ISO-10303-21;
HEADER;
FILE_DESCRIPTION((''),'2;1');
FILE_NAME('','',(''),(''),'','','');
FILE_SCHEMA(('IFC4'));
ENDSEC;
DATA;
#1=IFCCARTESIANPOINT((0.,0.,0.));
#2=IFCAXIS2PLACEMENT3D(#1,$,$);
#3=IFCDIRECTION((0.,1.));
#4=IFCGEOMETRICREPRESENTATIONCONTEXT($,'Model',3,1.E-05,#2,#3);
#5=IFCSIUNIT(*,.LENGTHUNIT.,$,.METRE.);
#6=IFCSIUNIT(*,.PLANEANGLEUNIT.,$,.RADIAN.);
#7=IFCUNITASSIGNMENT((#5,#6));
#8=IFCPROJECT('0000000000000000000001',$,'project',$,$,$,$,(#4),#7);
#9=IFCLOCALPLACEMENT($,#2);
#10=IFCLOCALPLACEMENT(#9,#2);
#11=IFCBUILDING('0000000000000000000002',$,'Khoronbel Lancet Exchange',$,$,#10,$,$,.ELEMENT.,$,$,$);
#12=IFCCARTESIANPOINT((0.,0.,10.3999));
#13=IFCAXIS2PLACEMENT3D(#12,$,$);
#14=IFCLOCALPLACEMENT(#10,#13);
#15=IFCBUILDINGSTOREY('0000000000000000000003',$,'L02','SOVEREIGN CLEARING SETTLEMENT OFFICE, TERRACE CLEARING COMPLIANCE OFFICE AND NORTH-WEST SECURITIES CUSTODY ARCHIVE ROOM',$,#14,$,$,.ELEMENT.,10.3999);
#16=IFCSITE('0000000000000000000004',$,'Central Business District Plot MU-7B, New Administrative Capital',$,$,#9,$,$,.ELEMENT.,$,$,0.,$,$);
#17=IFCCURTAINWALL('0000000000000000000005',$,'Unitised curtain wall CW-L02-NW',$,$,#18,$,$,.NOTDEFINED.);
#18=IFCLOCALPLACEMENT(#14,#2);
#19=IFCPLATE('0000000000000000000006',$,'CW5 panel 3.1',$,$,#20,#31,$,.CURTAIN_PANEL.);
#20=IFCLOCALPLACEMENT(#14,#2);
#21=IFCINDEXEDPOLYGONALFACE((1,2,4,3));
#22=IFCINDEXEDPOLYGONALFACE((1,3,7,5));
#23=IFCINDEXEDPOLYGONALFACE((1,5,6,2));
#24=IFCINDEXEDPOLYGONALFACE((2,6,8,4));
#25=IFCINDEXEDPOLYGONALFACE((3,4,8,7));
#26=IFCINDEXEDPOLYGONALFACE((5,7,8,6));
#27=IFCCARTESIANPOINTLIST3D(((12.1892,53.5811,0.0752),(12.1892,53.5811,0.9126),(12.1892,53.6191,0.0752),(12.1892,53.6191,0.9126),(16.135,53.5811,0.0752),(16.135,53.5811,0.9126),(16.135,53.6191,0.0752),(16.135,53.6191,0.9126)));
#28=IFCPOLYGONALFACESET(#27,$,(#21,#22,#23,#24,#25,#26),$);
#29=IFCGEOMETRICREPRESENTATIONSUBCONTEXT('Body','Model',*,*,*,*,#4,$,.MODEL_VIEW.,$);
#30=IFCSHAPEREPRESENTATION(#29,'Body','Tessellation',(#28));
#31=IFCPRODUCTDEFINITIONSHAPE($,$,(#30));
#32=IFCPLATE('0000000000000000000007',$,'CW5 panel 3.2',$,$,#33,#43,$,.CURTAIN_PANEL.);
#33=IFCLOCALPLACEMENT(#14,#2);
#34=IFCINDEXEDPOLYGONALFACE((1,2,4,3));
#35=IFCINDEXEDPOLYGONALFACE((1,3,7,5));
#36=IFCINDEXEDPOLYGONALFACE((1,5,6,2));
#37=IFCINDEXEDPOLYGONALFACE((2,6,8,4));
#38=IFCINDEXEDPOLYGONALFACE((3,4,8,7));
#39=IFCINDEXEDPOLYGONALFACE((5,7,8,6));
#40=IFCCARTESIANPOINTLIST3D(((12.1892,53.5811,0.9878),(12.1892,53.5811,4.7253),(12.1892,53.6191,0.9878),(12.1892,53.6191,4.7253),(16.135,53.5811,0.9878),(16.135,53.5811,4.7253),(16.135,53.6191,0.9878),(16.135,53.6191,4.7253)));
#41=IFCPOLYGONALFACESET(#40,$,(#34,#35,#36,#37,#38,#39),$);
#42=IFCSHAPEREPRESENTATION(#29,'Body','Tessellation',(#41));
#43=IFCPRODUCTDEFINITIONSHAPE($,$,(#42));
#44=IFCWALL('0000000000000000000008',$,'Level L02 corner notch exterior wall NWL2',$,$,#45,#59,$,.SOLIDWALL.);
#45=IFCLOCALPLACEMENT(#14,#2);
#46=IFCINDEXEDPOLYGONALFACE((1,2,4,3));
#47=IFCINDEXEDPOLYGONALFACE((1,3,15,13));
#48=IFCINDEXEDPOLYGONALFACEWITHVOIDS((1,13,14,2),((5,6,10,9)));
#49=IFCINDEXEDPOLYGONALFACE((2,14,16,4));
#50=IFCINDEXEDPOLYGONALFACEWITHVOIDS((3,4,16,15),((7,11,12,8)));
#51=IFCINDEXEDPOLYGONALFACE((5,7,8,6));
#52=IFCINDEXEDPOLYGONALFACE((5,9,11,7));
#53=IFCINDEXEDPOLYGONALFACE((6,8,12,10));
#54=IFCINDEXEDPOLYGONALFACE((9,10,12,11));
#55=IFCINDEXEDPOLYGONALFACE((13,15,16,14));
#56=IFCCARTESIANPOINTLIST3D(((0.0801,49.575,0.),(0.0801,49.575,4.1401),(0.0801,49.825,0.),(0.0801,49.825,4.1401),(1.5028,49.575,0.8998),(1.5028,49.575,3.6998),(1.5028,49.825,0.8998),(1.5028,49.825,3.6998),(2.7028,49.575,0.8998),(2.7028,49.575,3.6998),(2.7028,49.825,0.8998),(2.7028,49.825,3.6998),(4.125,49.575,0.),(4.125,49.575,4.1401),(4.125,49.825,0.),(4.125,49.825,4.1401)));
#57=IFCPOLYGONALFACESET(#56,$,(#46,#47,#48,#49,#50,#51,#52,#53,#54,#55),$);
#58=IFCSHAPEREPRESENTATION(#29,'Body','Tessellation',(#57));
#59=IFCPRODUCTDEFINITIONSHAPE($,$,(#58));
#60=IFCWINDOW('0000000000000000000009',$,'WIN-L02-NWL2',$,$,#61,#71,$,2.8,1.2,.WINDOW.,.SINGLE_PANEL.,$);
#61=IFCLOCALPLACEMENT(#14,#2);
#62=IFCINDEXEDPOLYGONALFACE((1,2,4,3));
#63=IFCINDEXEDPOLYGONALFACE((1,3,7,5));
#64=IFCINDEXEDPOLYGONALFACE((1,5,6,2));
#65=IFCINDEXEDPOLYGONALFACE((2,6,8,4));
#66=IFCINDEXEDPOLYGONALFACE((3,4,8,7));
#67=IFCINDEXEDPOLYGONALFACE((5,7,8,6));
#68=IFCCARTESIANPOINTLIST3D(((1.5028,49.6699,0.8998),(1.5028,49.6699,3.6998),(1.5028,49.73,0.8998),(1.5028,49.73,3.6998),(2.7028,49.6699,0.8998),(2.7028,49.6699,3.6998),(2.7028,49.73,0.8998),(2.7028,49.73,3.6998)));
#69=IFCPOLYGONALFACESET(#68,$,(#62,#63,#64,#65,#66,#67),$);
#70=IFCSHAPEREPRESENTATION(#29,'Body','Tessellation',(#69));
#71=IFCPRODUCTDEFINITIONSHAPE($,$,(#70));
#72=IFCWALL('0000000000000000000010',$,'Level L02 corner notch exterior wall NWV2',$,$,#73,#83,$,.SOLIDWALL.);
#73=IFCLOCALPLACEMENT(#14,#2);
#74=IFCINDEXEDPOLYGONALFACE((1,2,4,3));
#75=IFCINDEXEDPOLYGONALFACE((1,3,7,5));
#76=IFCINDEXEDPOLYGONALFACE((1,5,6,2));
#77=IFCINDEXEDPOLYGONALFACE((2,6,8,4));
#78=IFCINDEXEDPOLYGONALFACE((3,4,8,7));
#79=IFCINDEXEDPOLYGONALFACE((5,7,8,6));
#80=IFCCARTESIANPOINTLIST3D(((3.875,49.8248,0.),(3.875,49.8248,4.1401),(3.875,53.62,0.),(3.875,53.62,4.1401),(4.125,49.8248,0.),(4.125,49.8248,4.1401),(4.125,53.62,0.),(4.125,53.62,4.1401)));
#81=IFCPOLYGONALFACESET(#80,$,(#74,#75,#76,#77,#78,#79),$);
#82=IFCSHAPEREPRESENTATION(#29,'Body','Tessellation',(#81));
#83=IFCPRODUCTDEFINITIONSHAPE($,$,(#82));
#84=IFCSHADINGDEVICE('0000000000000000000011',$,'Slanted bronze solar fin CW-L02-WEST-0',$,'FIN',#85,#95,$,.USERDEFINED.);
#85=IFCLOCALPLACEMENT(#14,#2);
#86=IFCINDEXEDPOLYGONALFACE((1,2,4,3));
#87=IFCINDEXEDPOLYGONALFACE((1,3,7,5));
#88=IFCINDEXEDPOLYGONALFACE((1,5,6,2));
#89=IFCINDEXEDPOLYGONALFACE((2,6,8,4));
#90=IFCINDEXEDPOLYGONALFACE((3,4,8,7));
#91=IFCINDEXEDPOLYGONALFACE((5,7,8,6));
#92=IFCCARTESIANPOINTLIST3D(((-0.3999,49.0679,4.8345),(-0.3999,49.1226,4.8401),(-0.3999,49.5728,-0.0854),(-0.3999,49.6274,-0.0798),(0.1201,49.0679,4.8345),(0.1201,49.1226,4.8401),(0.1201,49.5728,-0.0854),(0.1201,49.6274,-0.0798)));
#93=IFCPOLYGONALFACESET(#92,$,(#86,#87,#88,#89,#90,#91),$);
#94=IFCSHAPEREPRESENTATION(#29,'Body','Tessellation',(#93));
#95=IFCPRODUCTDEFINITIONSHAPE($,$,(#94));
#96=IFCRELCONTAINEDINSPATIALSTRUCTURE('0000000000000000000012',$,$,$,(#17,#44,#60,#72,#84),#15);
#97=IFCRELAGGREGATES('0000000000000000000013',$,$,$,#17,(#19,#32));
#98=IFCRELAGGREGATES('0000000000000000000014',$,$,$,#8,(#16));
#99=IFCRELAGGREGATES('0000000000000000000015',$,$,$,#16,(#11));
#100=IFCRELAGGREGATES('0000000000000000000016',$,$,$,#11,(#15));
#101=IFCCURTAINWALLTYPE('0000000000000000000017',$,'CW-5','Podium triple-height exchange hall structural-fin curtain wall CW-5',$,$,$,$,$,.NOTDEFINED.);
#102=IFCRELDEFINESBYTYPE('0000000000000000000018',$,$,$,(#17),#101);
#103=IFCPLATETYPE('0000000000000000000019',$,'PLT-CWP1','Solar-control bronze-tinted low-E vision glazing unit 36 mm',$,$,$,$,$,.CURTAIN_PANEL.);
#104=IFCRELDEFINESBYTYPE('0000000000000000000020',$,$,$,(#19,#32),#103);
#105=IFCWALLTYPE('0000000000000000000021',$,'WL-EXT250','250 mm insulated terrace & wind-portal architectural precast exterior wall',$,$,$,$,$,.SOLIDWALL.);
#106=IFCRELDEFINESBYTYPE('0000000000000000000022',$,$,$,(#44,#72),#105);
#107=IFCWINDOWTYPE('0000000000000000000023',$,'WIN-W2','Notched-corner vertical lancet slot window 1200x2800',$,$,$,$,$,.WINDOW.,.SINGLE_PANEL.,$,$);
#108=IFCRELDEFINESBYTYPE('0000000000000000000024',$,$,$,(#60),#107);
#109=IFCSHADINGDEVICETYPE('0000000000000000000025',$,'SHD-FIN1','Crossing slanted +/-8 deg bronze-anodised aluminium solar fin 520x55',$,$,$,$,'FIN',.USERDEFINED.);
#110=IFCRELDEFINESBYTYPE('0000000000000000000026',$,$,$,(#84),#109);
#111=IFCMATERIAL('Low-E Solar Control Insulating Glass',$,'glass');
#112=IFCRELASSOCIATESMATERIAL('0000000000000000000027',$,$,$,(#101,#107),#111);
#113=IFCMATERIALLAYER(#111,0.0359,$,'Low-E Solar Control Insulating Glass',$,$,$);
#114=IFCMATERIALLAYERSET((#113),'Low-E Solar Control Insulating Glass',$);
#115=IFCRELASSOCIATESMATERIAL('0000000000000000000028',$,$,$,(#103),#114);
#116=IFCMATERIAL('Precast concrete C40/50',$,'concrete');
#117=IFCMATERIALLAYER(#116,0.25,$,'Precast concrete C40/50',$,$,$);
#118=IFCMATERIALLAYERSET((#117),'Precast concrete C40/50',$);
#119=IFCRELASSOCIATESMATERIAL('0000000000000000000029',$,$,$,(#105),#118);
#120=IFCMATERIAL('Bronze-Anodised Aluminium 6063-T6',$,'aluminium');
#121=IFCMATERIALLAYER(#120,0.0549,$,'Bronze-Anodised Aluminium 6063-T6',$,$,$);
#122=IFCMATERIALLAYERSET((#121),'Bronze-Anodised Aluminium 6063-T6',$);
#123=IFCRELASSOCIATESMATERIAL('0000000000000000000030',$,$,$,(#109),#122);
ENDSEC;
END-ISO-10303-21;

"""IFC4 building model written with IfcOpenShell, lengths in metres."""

from ifc_helpers import new_model, si_unit, direction, frame, frame_2d, origin, origin_2d, place, context, subcontext, project, spatial, polyline, rectangle, outline, extrude, material, layer, layer_set, type_object, element, fill, aggregate, save


model = new_model("IFC4")

# Units and contexts
model_context = context("Model", 3, precision=1e-05, world=origin(), true_north=direction((0.0, 1.0)))
body_context = subcontext(model_context, "Body", "Model", "MODEL_VIEW")
ifc_project = project(units=[si_unit("LENGTHUNIT", "METRE"), si_unit("PLANEANGLEUNIT", "RADIAN")], contexts=[model_context])

# Site, building, storey
site_placement = place(None, origin())
site = spatial("IfcSite", under=ifc_project, at=site_placement, Name="Central Business District Plot MU-7B, New Administrative Capital", CompositionType="ELEMENT", RefElevation=0.0)
building_placement = place(site_placement, origin())
building = spatial("IfcBuilding", under=site, at=building_placement, Name="Khoronbel Lancet Exchange", CompositionType="ELEMENT")
storey_placement = place(building_placement, frame((0.0, 0.0, 10.3999)))
storey = spatial("IfcBuildingStorey", under=building, at=storey_placement, Name="L02", Description="SOVEREIGN CLEARING SETTLEMENT OFFICE, TERRACE CLEARING COMPLIANCE OFFICE AND NORTH-WEST SECURITIES CUSTODY ARCHIVE ROOM", CompositionType="ELEMENT", Elevation=10.3999)

# Curtain wall, plates
ifc_material_1 = material(Name="Low-E Solar Control Insulating Glass", Category="glass")
curtain_wall_type = type_object("IfcCurtainWallType", Name="CW-5", Description="Podium triple-height exchange hall structural-fin curtain wall CW-5", PredefinedType="NOTDEFINED", material=ifc_material_1)
curtain_wall_placement = place(storey_placement, origin())
curtain_wall = element("IfcCurtainWall", 1, at=curtain_wall_placement, inside=storey, type_object=curtain_wall_type, Name="Unitised curtain wall CW-L02-NW", PredefinedType="NOTDEFINED")
ifc_material_2 = material(Name="Bronze-Anodised Aluminium 6063-T6", Category="aluminium")
ifc_layer_1 = layer(ifc_material_1, 0.0359, Name="Low-E Solar Control Insulating Glass")
ifc_layer_set_1 = layer_set([ifc_layer_1], Name="Low-E Solar Control Insulating Glass")
plate_type_1 = type_object("IfcPlateType", Name="PLT-CWP1", Description="Solar-control bronze-tinted low-E vision glazing unit 36 mm", PredefinedType="CURTAIN_PANEL", material=ifc_layer_set_1)
plate_1_placement = place(storey_placement, frame((14.1621, 53.6001, 0.0752), z_axis=(0.0, 0.0, 1.0), x_axis=(1.0, 0.0, 0.0)))
plate_1 = element("IfcPlate", 2, at=plate_1_placement, type_object=plate_type_1, Name="CW5 panel 3.1", PredefinedType="CURTAIN_PANEL", context=body_context, shape_type="SweptSolid", body=[
    extrude(rectangle(XDim=3.9458, YDim=0.0381, at=origin_2d()), origin(), (0.0, 0.0, 1.0), 0.8374),
])
plate_2_placement = place(storey_placement, frame((14.1621, 53.6001, 0.9878), z_axis=(0.0, 0.0, 1.0), x_axis=(1.0, 0.0, 0.0)))
plate_2 = element("IfcPlate", 3, at=plate_2_placement, type_object=plate_type_1, Name="CW5 panel 3.2", PredefinedType="CURTAIN_PANEL", context=body_context, shape_type="SweptSolid", body=[
    extrude(rectangle(XDim=3.9458, YDim=0.0381, at=origin_2d()), origin(), (0.0, 0.0, 1.0), 3.7375),
])
aggregate(curtain_wall, [plate_1, plate_2])

# Wall, opening, window
ifc_material_3 = material(Name="Precast concrete C40/50", Category="concrete")
ifc_layer_2 = layer(ifc_material_3, 0.25, Name="Precast concrete C40/50")
ifc_layer_set_2 = layer_set([ifc_layer_2], Name="Precast concrete C40/50")
wall_type = type_object("IfcWallType", Name="WL-EXT250", Description="250 mm insulated terrace & wind-portal architectural precast exterior wall", PredefinedType="SOLIDWALL", material=ifc_layer_set_2)
wall_1_placement = place(storey_placement, frame((0.0801, 49.7, 0.0), z_axis=(0.0, 0.0, 1.0), x_axis=(1.0, 0.0, 0.0)))
wall_1 = element("IfcWall", 4, at=wall_1_placement, inside=storey, type_object=wall_type, Name="Level L02 corner notch exterior wall NWL2", PredefinedType="SOLIDWALL", context=body_context, shape_type="SweptSolid", body=[
    extrude(rectangle(XDim=4.0449, YDim=0.25, at=frame_2d((2.0225, 0.0))), origin(), (0.0, 0.0, 1.0), 4.1401),
])
opening_placement = place(wall_1_placement, frame((1.4226, 0.0, 0.8999)))
opening = element("IfcOpeningElement", 5, at=opening_placement, cuts=wall_1, PredefinedType="OPENING", context=body_context, shape_type="SweptSolid", body=[
    extrude(rectangle(XDim=1.2, YDim=2.8, at=frame_2d((0.6001, 1.3999))), frame((0.0, 0.135, 0.0), z_axis=(0.0, -1.0, 0.0), x_axis=(1.0, 0.0, 0.0)), (0.0, 0.0, 1.0), 0.27),
])
window_type = type_object("IfcWindowType", Name="WIN-W2", Description="Notched-corner vertical lancet slot window 1200x2800", PartitioningType="SINGLE_PANEL", PredefinedType="WINDOW", material=ifc_material_1)
window_placement = place(opening_placement, origin())
window = element("IfcWindow", 6, at=window_placement, inside=storey, type_object=window_type, Name="WIN-L02-NWL2", OverallHeight=2.8, OverallWidth=1.2, PartitioningType="SINGLE_PANEL", PredefinedType="WINDOW", context=body_context, shape_type="SweptSolid", body=[
    extrude(rectangle(XDim=1.2, YDim=2.8, at=frame_2d((0.6001, 1.3999))), frame((0.0, 0.03, 0.0), z_axis=(0.0, -1.0, 0.0), x_axis=(1.0, 0.0, 0.0)), (0.0, 0.0, 1.0), 0.0601),
])
fill(opening, window)

# Wall
wall_2_placement = place(storey_placement, frame((4.0, 49.825, 0.0), z_axis=(0.0, 0.0, 1.0), x_axis=(0.0, 1.0, 0.0)))
element("IfcWall", 7, at=wall_2_placement, inside=storey, type_object=wall_type, Name="Level L02 corner notch exterior wall NWV2", PredefinedType="SOLIDWALL", context=body_context, shape_type="SweptSolid", body=[
    extrude(rectangle(XDim=3.7952, YDim=0.25, at=frame_2d((1.8975, 0.0))), origin(), (0.0, 0.0, 1.0), 4.1401),
])

# Shading device
ifc_layer_3 = layer(ifc_material_2, 0.0549, Name="Bronze-Anodised Aluminium 6063-T6")
ifc_layer_set_3 = layer_set([ifc_layer_3], Name="Bronze-Anodised Aluminium 6063-T6")
shading_device_type = type_object("IfcShadingDeviceType", Name="SHD-FIN1", Description="Crossing slanted +/-8 deg bronze-anodised aluminium solar fin 520x55", ElementType="FIN", PredefinedType="USERDEFINED", material=ifc_layer_set_3)
shading_device_placement = place(storey_placement, frame((0.1201, 49.6274, -0.0798), z_axis=(0.0, 0.994776, 0.102084), x_axis=(-1.0, 0.0, 0.0)))
element("IfcShadingDevice", 8, at=shading_device_placement, inside=storey, type_object=shading_device_type, Name="Slanted bronze solar fin CW-L02-WEST-0", ObjectType="FIN", PredefinedType="USERDEFINED", context=body_context, shape_type="SweptSolid", body=[
    extrude(outline(polyline([(0.0, 0.0), (0.52, 0.0), (0.52, 4.9458), (0.0, 4.9458), (0.0, 0.0)])), origin(), (0.0, 0.0, -1.0), 0.0549),
])

save(model, "model.ifc")
